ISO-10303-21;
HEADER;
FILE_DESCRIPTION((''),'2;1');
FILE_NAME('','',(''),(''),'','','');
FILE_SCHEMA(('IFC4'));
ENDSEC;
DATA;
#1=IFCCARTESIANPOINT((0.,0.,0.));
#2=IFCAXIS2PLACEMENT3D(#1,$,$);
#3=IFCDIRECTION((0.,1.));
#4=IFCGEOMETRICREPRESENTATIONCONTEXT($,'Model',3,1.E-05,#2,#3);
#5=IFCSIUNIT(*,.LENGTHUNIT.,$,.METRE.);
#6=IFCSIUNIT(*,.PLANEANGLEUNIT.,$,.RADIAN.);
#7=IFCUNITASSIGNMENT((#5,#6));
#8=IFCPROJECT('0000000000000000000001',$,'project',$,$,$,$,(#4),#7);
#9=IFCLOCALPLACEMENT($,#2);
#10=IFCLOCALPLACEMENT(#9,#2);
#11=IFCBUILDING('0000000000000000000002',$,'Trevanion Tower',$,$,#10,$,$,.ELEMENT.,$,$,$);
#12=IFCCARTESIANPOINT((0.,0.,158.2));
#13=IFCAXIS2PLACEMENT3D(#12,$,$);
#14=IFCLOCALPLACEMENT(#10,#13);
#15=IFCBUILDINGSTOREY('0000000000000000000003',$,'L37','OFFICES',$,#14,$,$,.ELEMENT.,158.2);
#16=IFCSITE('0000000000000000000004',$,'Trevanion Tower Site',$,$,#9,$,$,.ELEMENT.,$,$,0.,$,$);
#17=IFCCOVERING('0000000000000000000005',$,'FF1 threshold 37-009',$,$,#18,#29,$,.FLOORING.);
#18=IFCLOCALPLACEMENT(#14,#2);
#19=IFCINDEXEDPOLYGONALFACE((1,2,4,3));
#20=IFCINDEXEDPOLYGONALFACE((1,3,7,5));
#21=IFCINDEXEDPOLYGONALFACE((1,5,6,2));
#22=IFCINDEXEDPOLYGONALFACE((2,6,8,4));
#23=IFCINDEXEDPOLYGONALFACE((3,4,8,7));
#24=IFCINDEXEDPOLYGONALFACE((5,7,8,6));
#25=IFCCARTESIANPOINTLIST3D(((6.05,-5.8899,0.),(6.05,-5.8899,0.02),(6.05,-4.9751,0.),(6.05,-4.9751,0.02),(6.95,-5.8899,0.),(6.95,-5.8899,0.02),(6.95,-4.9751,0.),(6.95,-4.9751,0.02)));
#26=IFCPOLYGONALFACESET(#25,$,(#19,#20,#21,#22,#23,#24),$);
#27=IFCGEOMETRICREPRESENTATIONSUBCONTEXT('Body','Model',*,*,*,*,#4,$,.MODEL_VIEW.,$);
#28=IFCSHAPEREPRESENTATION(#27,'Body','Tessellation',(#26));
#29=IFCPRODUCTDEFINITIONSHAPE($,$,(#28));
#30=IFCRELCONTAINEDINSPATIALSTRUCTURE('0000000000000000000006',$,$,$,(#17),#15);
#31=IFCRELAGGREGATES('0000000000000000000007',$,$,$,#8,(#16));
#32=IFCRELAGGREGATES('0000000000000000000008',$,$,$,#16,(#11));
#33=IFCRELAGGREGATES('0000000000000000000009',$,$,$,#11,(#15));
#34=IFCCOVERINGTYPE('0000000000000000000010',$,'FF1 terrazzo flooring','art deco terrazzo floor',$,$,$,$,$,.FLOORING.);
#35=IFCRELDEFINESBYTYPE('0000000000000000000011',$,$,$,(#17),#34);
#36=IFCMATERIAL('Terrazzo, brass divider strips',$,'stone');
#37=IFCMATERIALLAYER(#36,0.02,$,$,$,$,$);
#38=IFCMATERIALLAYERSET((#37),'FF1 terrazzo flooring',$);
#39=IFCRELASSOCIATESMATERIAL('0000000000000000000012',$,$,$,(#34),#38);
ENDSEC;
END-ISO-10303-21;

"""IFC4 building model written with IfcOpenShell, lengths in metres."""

from ifc_helpers import new_model, si_unit, direction, frame, origin, place, context, subcontext, project, spatial, polyline, outline, extrude, material, layer, layer_set, type_object, element, save


model = new_model("IFC4")

# Units and contexts
model_context = context("Model", 3, precision=1e-05, world=origin(), true_north=direction((0.0, 1.0)))
body_context = subcontext(model_context, "Body", "Model", "MODEL_VIEW")
ifc_project = project(units=[si_unit("LENGTHUNIT", "METRE"), si_unit("PLANEANGLEUNIT", "RADIAN")], contexts=[model_context])

# Site, building, storey
site_placement = place(None, origin())
site = spatial("IfcSite", under=ifc_project, at=site_placement, Name="Trevanion Tower Site", CompositionType="ELEMENT", RefElevation=0.0)
building_placement = place(site_placement, origin())
building = spatial("IfcBuilding", under=site, at=building_placement, Name="Trevanion Tower", CompositionType="ELEMENT")
storey_placement = place(building_placement, frame((0.0, 0.0, 158.2)))
storey = spatial("IfcBuildingStorey", under=building, at=storey_placement, Name="L37", Description="OFFICES", CompositionType="ELEMENT", Elevation=158.2)

# Covering
ifc_material_1 = material(Name="Terrazzo, brass divider strips", Category="stone")
ifc_layer_1 = layer(ifc_material_1, 0.02)
ifc_layer_set_1 = layer_set([ifc_layer_1], Name="FF1 terrazzo flooring")
covering_type = type_object("IfcCoveringType", Name="FF1 terrazzo flooring", Description="art deco terrazzo floor", PredefinedType="FLOORING", material=ifc_layer_set_1)
covering_1_placement = place(storey_placement, origin())
element("IfcCovering", 1, at=covering_1_placement, inside=storey, type_object=covering_type, Name="FF1 threshold 37-009", PredefinedType="FLOORING", context=body_context, shape_type="SweptSolid", body=[
    extrude(outline(polyline([(6.95, -5.8899), (6.95, -4.9751), (6.05, -4.9751), (6.05, -5.8899), (6.95, -5.8899)])), origin(), (0.0, 0.0, 1.0), 0.02),
])

save(model, "model.ifc")
